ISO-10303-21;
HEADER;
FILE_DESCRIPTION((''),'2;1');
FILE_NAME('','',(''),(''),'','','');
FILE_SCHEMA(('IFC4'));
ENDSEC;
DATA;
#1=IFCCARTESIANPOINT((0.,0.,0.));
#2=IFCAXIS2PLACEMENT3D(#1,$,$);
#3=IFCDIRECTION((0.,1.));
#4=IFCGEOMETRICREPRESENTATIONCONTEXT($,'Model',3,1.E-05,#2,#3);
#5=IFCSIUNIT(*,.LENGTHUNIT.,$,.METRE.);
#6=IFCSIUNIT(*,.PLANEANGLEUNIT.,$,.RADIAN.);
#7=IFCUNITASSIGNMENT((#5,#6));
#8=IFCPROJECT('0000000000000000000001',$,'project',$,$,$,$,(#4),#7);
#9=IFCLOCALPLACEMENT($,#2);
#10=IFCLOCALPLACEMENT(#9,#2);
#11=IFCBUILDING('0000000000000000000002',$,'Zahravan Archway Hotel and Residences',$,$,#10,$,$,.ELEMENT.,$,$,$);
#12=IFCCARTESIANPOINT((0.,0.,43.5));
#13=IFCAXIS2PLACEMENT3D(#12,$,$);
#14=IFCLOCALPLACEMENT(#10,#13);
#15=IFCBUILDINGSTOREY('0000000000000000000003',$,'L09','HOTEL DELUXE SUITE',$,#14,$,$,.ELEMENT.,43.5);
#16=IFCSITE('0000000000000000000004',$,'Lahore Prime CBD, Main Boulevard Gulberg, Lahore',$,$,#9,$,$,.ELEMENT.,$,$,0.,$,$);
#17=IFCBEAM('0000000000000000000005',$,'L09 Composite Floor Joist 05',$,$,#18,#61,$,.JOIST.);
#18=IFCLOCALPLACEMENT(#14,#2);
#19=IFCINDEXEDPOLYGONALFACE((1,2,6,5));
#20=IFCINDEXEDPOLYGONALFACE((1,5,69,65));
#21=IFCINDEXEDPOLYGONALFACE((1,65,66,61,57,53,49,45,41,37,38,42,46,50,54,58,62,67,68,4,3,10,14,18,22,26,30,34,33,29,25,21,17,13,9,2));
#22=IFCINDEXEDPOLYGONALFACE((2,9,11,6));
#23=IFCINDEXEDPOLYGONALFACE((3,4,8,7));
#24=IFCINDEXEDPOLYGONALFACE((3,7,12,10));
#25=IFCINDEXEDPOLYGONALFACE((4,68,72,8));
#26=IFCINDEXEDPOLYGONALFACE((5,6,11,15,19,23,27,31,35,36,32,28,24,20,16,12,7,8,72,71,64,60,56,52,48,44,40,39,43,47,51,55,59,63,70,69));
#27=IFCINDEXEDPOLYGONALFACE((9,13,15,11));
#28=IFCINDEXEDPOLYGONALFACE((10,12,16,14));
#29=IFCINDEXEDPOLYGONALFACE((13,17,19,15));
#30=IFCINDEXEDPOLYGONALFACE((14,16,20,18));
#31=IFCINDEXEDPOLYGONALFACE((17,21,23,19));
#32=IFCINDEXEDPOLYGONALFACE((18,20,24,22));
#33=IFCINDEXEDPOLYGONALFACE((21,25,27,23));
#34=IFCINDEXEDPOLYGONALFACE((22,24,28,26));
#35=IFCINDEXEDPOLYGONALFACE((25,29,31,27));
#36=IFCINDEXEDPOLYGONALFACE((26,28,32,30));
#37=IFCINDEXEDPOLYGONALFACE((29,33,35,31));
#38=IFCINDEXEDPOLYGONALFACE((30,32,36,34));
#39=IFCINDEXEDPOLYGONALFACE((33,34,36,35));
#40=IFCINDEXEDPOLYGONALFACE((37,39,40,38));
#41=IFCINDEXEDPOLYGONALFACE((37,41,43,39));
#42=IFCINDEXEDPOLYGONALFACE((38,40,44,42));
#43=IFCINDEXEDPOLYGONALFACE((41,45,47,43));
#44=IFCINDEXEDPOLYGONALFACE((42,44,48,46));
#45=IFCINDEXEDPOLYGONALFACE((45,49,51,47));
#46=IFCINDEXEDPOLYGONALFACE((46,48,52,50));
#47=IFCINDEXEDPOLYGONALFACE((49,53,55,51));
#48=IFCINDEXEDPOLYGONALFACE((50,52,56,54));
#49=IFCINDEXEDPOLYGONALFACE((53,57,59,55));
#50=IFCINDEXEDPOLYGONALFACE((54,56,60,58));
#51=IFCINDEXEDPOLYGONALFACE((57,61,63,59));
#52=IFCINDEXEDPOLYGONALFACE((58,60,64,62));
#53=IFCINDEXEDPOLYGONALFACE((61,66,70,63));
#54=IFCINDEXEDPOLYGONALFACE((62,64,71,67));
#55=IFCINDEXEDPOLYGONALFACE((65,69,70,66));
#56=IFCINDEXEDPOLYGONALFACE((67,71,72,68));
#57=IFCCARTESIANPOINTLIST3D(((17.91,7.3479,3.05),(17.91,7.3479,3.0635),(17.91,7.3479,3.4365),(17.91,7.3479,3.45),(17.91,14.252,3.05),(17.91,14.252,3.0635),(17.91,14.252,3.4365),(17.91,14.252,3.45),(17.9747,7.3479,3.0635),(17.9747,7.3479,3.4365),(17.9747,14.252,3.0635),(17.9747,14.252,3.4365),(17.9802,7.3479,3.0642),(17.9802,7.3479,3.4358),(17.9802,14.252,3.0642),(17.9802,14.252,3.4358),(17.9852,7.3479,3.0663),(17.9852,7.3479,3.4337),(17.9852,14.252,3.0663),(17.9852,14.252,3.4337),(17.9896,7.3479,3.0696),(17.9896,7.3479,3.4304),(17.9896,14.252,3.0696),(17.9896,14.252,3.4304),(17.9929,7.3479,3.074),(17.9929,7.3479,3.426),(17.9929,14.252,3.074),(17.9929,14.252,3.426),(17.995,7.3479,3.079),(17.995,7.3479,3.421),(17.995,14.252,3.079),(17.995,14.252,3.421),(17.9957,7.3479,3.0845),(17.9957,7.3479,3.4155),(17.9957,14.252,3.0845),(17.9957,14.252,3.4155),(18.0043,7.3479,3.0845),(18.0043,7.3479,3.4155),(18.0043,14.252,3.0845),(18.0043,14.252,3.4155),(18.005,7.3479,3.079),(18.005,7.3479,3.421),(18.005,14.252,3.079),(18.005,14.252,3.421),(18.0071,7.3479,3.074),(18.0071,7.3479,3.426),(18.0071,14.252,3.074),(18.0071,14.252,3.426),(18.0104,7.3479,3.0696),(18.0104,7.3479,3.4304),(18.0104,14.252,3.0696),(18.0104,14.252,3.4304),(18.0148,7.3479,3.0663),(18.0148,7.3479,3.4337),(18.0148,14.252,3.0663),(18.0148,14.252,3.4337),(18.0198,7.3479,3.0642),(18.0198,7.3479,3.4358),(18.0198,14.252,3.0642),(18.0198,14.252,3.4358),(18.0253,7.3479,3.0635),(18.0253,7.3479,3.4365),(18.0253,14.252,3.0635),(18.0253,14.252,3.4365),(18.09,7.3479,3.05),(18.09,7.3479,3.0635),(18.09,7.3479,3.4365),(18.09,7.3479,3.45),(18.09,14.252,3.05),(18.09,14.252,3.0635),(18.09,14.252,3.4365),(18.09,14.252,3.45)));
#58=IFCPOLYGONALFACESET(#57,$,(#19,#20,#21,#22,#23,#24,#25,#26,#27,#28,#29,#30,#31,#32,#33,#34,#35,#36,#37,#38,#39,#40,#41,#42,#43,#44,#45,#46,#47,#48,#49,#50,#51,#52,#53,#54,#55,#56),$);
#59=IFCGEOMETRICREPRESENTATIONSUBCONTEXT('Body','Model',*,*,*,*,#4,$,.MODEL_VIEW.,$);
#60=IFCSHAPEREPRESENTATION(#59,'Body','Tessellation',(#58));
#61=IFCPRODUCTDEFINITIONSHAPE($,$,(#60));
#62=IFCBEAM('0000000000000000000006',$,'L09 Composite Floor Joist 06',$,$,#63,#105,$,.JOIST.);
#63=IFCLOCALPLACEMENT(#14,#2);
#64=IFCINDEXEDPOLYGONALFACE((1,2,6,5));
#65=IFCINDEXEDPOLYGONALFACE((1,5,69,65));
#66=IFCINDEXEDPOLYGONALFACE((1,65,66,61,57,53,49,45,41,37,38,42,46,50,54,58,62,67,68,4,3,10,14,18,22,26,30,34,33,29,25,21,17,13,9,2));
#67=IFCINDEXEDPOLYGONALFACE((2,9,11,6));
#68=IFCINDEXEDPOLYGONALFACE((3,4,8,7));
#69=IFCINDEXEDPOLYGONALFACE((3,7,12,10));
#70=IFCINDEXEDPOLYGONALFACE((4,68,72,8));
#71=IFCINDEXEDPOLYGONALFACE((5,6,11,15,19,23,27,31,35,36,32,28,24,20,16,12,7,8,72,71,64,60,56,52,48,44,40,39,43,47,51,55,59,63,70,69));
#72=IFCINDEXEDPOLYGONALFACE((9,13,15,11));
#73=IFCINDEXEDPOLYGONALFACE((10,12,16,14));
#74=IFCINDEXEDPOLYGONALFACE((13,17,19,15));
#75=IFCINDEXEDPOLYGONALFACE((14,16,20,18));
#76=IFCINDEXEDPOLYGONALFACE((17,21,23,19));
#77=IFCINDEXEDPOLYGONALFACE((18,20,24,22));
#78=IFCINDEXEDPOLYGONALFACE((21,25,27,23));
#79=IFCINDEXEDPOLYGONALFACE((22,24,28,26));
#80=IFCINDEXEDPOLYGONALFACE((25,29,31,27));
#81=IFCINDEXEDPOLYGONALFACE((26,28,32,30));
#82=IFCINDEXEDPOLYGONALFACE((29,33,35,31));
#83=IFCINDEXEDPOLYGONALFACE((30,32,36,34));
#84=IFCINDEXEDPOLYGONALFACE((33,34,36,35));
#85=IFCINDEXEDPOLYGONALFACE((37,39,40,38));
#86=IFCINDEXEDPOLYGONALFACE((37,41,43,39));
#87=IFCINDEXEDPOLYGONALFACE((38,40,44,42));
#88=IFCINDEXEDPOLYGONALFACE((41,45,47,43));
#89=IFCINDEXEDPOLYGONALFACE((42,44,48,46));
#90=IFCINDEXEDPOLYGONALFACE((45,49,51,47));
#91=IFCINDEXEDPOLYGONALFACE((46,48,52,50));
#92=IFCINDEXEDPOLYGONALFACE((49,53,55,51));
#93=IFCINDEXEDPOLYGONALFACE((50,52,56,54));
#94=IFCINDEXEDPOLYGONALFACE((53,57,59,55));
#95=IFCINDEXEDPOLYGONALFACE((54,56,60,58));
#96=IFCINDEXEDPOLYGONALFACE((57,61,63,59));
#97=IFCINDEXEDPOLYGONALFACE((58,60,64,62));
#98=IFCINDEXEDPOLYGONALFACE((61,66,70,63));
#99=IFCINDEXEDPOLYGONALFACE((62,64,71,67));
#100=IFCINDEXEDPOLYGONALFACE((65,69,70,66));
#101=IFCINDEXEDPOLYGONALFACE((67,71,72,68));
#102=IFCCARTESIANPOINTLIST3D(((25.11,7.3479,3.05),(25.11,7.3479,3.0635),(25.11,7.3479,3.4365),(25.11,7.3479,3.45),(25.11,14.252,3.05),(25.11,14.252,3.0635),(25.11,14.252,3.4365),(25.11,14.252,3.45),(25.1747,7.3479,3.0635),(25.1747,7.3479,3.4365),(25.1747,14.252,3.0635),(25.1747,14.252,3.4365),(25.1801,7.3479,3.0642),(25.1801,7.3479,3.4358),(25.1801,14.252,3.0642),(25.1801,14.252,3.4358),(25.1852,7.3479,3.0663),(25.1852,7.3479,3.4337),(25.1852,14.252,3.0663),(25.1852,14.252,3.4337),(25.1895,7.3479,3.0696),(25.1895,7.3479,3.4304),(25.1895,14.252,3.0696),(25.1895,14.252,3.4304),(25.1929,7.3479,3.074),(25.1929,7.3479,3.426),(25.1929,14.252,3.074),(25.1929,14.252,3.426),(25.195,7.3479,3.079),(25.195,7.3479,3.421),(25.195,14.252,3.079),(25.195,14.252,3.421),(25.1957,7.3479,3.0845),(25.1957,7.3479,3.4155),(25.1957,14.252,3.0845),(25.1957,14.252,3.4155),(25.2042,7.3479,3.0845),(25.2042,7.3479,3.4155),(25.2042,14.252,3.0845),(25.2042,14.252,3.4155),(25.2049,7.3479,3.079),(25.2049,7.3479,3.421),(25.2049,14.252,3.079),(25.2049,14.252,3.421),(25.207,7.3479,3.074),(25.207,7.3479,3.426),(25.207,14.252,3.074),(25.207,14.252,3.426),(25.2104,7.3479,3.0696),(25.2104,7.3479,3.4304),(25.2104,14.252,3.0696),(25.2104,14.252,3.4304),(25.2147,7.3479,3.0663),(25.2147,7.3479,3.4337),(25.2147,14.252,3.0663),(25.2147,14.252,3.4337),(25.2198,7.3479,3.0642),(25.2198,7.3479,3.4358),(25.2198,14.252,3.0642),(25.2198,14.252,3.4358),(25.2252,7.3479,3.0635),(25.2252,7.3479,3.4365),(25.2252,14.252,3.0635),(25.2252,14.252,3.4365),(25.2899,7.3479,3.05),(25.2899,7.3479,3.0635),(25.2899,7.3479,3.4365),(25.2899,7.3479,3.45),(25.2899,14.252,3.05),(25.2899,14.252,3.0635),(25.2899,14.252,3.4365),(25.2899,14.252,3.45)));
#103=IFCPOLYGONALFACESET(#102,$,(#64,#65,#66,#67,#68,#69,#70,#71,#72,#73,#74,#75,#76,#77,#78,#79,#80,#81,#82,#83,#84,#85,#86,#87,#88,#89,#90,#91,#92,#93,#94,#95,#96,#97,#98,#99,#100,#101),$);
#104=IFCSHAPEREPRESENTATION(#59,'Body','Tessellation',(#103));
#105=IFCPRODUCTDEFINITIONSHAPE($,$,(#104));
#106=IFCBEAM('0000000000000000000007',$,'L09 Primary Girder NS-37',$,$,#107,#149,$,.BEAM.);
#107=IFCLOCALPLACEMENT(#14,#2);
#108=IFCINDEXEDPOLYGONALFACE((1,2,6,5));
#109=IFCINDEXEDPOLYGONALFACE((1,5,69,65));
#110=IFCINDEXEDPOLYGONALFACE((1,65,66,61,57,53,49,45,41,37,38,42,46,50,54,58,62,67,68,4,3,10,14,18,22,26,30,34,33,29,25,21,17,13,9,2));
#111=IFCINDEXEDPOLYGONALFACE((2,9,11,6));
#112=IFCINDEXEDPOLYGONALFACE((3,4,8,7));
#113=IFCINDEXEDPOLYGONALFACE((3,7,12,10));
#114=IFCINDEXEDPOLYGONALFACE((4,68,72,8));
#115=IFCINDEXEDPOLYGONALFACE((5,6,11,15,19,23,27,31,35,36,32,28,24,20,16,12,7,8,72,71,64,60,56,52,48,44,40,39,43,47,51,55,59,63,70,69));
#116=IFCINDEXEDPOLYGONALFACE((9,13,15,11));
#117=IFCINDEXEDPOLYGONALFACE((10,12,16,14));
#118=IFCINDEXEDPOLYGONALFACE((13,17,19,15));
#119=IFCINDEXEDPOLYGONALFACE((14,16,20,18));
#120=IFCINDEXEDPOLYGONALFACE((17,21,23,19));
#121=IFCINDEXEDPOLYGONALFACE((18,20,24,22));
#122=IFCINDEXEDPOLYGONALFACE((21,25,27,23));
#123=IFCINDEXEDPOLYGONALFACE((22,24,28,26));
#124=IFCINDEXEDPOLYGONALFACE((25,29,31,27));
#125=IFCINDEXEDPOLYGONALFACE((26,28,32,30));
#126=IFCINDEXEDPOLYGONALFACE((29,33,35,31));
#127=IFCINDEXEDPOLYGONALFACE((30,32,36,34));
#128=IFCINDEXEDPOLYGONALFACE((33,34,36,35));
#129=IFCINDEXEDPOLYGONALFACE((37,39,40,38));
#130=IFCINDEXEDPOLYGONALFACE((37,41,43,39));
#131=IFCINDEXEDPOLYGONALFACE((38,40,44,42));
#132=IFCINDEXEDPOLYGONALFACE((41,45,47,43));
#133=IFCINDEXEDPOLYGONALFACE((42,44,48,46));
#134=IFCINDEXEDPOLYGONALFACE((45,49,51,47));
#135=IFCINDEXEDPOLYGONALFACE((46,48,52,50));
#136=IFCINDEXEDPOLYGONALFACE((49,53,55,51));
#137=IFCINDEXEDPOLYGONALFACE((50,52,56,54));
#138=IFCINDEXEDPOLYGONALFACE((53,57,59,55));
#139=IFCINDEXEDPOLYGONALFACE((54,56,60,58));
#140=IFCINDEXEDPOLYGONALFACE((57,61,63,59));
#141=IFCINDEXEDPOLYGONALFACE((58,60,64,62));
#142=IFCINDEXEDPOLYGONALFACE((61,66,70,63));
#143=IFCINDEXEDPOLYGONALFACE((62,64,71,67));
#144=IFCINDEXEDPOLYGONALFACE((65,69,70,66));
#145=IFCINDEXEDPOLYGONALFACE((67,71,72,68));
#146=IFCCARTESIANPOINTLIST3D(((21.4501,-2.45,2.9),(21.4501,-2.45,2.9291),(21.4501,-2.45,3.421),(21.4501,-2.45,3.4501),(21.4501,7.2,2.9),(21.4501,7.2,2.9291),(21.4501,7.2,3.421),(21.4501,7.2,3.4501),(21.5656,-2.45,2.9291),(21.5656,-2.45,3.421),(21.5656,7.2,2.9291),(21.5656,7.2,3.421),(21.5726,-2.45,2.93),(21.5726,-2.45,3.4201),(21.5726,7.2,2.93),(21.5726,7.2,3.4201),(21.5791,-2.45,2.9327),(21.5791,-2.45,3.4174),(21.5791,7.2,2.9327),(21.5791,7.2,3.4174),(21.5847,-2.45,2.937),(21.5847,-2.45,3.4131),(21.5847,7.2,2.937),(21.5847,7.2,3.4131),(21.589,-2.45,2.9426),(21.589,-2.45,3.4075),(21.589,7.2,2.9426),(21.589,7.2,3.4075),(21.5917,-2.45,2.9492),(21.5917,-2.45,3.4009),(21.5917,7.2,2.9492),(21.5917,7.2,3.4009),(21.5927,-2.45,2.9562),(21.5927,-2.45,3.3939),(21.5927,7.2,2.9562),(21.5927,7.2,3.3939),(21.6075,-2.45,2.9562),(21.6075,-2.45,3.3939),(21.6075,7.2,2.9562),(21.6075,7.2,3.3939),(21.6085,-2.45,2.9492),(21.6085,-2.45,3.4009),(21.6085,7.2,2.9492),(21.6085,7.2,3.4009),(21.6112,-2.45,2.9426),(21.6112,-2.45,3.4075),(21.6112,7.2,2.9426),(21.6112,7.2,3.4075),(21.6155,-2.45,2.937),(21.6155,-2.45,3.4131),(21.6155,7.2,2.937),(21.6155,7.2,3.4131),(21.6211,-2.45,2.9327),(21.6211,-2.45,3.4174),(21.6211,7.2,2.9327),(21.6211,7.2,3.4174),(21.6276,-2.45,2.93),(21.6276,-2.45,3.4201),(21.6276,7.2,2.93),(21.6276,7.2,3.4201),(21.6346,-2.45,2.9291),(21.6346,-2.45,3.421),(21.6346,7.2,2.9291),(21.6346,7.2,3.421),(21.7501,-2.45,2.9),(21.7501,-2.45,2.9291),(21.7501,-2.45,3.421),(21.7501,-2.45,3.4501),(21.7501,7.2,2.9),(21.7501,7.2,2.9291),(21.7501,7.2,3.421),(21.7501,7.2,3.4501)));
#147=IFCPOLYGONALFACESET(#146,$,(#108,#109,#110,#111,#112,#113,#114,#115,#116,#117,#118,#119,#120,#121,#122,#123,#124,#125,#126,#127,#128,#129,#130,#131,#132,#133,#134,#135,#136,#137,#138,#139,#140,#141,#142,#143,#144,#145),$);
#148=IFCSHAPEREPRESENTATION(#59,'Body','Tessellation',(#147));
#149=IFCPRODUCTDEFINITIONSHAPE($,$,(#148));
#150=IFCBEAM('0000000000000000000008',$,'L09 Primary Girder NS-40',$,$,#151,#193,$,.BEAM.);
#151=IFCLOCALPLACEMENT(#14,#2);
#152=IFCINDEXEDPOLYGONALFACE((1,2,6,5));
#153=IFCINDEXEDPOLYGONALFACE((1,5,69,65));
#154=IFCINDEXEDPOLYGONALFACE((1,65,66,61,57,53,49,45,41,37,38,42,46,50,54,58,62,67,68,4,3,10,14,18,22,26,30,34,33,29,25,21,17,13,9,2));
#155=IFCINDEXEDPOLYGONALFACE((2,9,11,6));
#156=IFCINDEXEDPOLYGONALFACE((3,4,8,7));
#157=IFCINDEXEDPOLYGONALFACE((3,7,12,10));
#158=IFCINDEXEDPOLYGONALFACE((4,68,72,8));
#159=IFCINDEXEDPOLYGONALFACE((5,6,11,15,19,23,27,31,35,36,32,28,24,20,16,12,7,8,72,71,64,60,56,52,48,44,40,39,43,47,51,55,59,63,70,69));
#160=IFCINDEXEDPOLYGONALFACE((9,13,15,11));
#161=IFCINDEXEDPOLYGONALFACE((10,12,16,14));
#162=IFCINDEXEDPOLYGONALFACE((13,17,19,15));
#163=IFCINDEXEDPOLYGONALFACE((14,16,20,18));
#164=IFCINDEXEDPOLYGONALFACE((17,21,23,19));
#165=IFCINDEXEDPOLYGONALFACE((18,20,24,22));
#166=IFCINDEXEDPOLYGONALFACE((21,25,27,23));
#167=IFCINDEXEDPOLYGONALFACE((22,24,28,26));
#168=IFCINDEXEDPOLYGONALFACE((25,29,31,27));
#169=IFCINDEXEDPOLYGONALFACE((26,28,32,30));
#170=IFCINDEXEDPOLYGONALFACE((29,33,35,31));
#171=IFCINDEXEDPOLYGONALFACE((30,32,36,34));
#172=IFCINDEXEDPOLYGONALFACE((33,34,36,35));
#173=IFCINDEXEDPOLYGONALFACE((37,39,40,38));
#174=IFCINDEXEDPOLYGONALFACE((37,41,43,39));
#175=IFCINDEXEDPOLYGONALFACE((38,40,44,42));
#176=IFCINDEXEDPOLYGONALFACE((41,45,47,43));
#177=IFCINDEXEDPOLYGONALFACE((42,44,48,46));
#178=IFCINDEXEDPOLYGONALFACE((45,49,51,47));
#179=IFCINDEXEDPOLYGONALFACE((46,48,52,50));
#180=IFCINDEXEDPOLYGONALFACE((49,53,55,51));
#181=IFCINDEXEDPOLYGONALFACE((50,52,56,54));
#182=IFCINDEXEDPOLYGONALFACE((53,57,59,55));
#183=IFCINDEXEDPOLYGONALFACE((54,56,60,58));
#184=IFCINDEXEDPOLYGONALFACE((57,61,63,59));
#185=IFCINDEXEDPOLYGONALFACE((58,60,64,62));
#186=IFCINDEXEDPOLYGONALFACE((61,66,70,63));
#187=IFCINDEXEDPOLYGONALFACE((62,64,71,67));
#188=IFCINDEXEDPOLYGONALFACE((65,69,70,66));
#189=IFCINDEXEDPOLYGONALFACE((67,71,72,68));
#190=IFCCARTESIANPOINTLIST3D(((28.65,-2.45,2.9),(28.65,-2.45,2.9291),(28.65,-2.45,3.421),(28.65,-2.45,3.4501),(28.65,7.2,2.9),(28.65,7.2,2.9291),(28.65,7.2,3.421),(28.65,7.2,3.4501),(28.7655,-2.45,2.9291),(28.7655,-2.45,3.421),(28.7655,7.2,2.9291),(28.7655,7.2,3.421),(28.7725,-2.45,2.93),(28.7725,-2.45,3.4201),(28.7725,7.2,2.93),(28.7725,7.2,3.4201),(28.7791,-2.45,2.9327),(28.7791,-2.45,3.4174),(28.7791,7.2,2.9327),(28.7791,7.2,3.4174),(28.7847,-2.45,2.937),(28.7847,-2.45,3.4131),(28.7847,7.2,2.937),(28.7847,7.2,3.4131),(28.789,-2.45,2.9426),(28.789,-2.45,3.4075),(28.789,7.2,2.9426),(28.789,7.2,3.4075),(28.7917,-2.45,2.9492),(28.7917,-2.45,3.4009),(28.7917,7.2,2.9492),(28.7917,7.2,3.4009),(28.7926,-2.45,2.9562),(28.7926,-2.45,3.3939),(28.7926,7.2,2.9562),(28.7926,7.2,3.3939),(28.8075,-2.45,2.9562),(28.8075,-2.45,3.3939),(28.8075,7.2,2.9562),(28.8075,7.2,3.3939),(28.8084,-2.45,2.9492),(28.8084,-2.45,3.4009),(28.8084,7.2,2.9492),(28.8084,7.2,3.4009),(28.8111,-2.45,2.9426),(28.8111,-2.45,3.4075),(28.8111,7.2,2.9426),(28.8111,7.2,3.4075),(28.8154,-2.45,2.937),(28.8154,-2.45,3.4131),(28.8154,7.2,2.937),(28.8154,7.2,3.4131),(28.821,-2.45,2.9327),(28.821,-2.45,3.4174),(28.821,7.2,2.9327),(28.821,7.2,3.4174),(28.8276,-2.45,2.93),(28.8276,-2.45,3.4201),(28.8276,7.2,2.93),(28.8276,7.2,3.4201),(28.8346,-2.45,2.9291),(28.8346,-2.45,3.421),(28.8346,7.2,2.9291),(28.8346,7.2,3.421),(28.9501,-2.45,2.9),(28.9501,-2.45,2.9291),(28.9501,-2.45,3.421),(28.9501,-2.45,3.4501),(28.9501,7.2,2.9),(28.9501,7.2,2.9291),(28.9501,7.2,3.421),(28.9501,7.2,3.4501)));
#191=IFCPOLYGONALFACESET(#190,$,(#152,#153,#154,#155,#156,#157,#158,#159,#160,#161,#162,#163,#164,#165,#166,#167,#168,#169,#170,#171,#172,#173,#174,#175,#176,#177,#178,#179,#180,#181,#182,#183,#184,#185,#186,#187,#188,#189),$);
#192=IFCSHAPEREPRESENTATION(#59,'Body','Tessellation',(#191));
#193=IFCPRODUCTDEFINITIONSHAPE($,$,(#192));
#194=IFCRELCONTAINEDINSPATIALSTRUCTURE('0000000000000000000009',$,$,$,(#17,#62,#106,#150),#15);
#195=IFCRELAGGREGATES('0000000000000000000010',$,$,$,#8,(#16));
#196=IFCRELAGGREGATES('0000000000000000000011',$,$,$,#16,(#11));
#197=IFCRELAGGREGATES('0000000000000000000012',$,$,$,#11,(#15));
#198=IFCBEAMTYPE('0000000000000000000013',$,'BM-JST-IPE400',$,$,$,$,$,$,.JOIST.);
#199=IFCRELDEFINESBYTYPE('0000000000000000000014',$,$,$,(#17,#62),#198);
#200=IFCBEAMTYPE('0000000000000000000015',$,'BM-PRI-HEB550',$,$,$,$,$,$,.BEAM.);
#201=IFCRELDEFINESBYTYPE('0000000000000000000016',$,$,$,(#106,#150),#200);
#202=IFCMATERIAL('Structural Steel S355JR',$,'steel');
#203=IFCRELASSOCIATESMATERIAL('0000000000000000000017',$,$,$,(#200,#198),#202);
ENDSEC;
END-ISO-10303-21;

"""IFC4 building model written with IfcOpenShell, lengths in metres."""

from ifc_helpers import new_model, si_unit, direction, frame, origin, origin_2d, place, context, subcontext, project, spatial, i_section, extrude, source, transform, mapped, material, material_profile, profile_set, type_object, type_shapes, element, save


model = new_model("IFC4")

# Units and contexts
model_context = context("Model", 3, precision=1e-05, world=origin(), true_north=direction((0.0, 1.0)))
body_context = subcontext(model_context, "Body", "Model", "MODEL_VIEW")
ifc_project = project(units=[si_unit("LENGTHUNIT", "METRE"), si_unit("PLANEANGLEUNIT", "RADIAN")], contexts=[model_context])

# Site, building, storey
site_placement = place(None, origin())
site = spatial("IfcSite", under=ifc_project, at=site_placement, Name="Lahore Prime CBD, Main Boulevard Gulberg, Lahore", CompositionType="ELEMENT", RefElevation=0.0)
building_placement = place(site_placement, origin())
building = spatial("IfcBuilding", under=site, at=building_placement, Name="Zahravan Archway Hotel and Residences", CompositionType="ELEMENT")
storey_placement = place(building_placement, frame((0.0, 0.0, 43.5)))
storey = spatial("IfcBuildingStorey", under=building, at=storey_placement, Name="L09", Description="HOTEL DELUXE SUITE", CompositionType="ELEMENT", Elevation=43.5)

# Beams
ifc_material_1 = material(Name="Structural Steel S355JR", Category="steel")
ifc_material_profile_1 = material_profile(ifc_material_1, i_section(OverallWidth=0.3, OverallDepth=0.55, WebThickness=0.0149, FlangeThickness=0.0291, FilletRadius=0.0271, at=origin_2d()), Name="HEB 550", Category="steel")
ifc_profile_set_1 = profile_set([ifc_material_profile_1], Name="Structural Steel S355JR")
beam_type_1 = type_object("IfcBeamType", Name="BM-PRI-HEB550", PredefinedType="BEAM", material=ifc_profile_set_1)
ifc_material_profile_2 = material_profile(ifc_material_1, i_section(OverallWidth=0.1799, OverallDepth=0.3999, WebThickness=0.0085, FlangeThickness=0.0134, FilletRadius=0.021, at=origin_2d()), Name="IPE 400", Category="steel")
ifc_profile_set_2 = profile_set([ifc_material_profile_2], Name="Structural Steel S355JR")
beam_type_2 = type_object("IfcBeamType", Name="BM-JST-IPE400", PredefinedType="JOIST", material=ifc_profile_set_2)
shared_shape_1 = source(origin(), body_context, "Body", "SweptSolid", [
    extrude(i_section(OverallWidth=0.1799, OverallDepth=0.3999, WebThickness=0.0085, FlangeThickness=0.0134, FilletRadius=0.021, at=origin_2d()), origin(), (0.0, 0.0, 1.0), 6.9041),
])
type_shapes(beam_type_2, [shared_shape_1])
for number, where, z_axis, x_axis, name in (
    (1, (18.0, 7.3479, 3.25), (0.0, 1.0, 0.0), (-1.0, 0.0, 0.0), "L09 Composite Floor Joist 05"),
    (2, (25.2, 7.3479, 3.25), (0.0, 1.0, 0.0), (-1.0, 0.0, 0.0), "L09 Composite Floor Joist 06"),
):
    element("IfcBeam", number, at=place(storey_placement, frame(where, z_axis=z_axis, x_axis=x_axis)), inside=storey, type_object=beam_type_2, Name=name, PredefinedType="JOIST", context=body_context, shape_type="MappedRepresentation", body=[
        mapped(shared_shape_1, transform((0.0, 0.0, 0.0), scale=1.0)),
    ])
shared_shape_2 = source(origin(), body_context, "Body", "SweptSolid", [
    extrude(i_section(OverallWidth=0.3, OverallDepth=0.55, WebThickness=0.0149, FlangeThickness=0.0291, FilletRadius=0.0271, at=origin_2d()), origin(), (0.0, 0.0, 1.0), 9.6499),
])
for number, where, z_axis, x_axis, name in (
    (3, (21.6001, -2.45, 3.175), (0.0, 1.0, 0.0), (-1.0, 0.0, 0.0), "L09 Primary Girder NS-37"),
    (4, (28.8, -2.45, 3.175), (0.0, 1.0, 0.0), (-1.0, 0.0, 0.0), "L09 Primary Girder NS-40"),
):
    element("IfcBeam", number, at=place(storey_placement, frame(where, z_axis=z_axis, x_axis=x_axis)), inside=storey, type_object=beam_type_1, Name=name, PredefinedType="BEAM", context=body_context, shape_type="MappedRepresentation", body=[
        mapped(shared_shape_2, transform((0.0, 0.0, 0.0), scale=1.0)),
    ])

save(model, "model.ifc")
